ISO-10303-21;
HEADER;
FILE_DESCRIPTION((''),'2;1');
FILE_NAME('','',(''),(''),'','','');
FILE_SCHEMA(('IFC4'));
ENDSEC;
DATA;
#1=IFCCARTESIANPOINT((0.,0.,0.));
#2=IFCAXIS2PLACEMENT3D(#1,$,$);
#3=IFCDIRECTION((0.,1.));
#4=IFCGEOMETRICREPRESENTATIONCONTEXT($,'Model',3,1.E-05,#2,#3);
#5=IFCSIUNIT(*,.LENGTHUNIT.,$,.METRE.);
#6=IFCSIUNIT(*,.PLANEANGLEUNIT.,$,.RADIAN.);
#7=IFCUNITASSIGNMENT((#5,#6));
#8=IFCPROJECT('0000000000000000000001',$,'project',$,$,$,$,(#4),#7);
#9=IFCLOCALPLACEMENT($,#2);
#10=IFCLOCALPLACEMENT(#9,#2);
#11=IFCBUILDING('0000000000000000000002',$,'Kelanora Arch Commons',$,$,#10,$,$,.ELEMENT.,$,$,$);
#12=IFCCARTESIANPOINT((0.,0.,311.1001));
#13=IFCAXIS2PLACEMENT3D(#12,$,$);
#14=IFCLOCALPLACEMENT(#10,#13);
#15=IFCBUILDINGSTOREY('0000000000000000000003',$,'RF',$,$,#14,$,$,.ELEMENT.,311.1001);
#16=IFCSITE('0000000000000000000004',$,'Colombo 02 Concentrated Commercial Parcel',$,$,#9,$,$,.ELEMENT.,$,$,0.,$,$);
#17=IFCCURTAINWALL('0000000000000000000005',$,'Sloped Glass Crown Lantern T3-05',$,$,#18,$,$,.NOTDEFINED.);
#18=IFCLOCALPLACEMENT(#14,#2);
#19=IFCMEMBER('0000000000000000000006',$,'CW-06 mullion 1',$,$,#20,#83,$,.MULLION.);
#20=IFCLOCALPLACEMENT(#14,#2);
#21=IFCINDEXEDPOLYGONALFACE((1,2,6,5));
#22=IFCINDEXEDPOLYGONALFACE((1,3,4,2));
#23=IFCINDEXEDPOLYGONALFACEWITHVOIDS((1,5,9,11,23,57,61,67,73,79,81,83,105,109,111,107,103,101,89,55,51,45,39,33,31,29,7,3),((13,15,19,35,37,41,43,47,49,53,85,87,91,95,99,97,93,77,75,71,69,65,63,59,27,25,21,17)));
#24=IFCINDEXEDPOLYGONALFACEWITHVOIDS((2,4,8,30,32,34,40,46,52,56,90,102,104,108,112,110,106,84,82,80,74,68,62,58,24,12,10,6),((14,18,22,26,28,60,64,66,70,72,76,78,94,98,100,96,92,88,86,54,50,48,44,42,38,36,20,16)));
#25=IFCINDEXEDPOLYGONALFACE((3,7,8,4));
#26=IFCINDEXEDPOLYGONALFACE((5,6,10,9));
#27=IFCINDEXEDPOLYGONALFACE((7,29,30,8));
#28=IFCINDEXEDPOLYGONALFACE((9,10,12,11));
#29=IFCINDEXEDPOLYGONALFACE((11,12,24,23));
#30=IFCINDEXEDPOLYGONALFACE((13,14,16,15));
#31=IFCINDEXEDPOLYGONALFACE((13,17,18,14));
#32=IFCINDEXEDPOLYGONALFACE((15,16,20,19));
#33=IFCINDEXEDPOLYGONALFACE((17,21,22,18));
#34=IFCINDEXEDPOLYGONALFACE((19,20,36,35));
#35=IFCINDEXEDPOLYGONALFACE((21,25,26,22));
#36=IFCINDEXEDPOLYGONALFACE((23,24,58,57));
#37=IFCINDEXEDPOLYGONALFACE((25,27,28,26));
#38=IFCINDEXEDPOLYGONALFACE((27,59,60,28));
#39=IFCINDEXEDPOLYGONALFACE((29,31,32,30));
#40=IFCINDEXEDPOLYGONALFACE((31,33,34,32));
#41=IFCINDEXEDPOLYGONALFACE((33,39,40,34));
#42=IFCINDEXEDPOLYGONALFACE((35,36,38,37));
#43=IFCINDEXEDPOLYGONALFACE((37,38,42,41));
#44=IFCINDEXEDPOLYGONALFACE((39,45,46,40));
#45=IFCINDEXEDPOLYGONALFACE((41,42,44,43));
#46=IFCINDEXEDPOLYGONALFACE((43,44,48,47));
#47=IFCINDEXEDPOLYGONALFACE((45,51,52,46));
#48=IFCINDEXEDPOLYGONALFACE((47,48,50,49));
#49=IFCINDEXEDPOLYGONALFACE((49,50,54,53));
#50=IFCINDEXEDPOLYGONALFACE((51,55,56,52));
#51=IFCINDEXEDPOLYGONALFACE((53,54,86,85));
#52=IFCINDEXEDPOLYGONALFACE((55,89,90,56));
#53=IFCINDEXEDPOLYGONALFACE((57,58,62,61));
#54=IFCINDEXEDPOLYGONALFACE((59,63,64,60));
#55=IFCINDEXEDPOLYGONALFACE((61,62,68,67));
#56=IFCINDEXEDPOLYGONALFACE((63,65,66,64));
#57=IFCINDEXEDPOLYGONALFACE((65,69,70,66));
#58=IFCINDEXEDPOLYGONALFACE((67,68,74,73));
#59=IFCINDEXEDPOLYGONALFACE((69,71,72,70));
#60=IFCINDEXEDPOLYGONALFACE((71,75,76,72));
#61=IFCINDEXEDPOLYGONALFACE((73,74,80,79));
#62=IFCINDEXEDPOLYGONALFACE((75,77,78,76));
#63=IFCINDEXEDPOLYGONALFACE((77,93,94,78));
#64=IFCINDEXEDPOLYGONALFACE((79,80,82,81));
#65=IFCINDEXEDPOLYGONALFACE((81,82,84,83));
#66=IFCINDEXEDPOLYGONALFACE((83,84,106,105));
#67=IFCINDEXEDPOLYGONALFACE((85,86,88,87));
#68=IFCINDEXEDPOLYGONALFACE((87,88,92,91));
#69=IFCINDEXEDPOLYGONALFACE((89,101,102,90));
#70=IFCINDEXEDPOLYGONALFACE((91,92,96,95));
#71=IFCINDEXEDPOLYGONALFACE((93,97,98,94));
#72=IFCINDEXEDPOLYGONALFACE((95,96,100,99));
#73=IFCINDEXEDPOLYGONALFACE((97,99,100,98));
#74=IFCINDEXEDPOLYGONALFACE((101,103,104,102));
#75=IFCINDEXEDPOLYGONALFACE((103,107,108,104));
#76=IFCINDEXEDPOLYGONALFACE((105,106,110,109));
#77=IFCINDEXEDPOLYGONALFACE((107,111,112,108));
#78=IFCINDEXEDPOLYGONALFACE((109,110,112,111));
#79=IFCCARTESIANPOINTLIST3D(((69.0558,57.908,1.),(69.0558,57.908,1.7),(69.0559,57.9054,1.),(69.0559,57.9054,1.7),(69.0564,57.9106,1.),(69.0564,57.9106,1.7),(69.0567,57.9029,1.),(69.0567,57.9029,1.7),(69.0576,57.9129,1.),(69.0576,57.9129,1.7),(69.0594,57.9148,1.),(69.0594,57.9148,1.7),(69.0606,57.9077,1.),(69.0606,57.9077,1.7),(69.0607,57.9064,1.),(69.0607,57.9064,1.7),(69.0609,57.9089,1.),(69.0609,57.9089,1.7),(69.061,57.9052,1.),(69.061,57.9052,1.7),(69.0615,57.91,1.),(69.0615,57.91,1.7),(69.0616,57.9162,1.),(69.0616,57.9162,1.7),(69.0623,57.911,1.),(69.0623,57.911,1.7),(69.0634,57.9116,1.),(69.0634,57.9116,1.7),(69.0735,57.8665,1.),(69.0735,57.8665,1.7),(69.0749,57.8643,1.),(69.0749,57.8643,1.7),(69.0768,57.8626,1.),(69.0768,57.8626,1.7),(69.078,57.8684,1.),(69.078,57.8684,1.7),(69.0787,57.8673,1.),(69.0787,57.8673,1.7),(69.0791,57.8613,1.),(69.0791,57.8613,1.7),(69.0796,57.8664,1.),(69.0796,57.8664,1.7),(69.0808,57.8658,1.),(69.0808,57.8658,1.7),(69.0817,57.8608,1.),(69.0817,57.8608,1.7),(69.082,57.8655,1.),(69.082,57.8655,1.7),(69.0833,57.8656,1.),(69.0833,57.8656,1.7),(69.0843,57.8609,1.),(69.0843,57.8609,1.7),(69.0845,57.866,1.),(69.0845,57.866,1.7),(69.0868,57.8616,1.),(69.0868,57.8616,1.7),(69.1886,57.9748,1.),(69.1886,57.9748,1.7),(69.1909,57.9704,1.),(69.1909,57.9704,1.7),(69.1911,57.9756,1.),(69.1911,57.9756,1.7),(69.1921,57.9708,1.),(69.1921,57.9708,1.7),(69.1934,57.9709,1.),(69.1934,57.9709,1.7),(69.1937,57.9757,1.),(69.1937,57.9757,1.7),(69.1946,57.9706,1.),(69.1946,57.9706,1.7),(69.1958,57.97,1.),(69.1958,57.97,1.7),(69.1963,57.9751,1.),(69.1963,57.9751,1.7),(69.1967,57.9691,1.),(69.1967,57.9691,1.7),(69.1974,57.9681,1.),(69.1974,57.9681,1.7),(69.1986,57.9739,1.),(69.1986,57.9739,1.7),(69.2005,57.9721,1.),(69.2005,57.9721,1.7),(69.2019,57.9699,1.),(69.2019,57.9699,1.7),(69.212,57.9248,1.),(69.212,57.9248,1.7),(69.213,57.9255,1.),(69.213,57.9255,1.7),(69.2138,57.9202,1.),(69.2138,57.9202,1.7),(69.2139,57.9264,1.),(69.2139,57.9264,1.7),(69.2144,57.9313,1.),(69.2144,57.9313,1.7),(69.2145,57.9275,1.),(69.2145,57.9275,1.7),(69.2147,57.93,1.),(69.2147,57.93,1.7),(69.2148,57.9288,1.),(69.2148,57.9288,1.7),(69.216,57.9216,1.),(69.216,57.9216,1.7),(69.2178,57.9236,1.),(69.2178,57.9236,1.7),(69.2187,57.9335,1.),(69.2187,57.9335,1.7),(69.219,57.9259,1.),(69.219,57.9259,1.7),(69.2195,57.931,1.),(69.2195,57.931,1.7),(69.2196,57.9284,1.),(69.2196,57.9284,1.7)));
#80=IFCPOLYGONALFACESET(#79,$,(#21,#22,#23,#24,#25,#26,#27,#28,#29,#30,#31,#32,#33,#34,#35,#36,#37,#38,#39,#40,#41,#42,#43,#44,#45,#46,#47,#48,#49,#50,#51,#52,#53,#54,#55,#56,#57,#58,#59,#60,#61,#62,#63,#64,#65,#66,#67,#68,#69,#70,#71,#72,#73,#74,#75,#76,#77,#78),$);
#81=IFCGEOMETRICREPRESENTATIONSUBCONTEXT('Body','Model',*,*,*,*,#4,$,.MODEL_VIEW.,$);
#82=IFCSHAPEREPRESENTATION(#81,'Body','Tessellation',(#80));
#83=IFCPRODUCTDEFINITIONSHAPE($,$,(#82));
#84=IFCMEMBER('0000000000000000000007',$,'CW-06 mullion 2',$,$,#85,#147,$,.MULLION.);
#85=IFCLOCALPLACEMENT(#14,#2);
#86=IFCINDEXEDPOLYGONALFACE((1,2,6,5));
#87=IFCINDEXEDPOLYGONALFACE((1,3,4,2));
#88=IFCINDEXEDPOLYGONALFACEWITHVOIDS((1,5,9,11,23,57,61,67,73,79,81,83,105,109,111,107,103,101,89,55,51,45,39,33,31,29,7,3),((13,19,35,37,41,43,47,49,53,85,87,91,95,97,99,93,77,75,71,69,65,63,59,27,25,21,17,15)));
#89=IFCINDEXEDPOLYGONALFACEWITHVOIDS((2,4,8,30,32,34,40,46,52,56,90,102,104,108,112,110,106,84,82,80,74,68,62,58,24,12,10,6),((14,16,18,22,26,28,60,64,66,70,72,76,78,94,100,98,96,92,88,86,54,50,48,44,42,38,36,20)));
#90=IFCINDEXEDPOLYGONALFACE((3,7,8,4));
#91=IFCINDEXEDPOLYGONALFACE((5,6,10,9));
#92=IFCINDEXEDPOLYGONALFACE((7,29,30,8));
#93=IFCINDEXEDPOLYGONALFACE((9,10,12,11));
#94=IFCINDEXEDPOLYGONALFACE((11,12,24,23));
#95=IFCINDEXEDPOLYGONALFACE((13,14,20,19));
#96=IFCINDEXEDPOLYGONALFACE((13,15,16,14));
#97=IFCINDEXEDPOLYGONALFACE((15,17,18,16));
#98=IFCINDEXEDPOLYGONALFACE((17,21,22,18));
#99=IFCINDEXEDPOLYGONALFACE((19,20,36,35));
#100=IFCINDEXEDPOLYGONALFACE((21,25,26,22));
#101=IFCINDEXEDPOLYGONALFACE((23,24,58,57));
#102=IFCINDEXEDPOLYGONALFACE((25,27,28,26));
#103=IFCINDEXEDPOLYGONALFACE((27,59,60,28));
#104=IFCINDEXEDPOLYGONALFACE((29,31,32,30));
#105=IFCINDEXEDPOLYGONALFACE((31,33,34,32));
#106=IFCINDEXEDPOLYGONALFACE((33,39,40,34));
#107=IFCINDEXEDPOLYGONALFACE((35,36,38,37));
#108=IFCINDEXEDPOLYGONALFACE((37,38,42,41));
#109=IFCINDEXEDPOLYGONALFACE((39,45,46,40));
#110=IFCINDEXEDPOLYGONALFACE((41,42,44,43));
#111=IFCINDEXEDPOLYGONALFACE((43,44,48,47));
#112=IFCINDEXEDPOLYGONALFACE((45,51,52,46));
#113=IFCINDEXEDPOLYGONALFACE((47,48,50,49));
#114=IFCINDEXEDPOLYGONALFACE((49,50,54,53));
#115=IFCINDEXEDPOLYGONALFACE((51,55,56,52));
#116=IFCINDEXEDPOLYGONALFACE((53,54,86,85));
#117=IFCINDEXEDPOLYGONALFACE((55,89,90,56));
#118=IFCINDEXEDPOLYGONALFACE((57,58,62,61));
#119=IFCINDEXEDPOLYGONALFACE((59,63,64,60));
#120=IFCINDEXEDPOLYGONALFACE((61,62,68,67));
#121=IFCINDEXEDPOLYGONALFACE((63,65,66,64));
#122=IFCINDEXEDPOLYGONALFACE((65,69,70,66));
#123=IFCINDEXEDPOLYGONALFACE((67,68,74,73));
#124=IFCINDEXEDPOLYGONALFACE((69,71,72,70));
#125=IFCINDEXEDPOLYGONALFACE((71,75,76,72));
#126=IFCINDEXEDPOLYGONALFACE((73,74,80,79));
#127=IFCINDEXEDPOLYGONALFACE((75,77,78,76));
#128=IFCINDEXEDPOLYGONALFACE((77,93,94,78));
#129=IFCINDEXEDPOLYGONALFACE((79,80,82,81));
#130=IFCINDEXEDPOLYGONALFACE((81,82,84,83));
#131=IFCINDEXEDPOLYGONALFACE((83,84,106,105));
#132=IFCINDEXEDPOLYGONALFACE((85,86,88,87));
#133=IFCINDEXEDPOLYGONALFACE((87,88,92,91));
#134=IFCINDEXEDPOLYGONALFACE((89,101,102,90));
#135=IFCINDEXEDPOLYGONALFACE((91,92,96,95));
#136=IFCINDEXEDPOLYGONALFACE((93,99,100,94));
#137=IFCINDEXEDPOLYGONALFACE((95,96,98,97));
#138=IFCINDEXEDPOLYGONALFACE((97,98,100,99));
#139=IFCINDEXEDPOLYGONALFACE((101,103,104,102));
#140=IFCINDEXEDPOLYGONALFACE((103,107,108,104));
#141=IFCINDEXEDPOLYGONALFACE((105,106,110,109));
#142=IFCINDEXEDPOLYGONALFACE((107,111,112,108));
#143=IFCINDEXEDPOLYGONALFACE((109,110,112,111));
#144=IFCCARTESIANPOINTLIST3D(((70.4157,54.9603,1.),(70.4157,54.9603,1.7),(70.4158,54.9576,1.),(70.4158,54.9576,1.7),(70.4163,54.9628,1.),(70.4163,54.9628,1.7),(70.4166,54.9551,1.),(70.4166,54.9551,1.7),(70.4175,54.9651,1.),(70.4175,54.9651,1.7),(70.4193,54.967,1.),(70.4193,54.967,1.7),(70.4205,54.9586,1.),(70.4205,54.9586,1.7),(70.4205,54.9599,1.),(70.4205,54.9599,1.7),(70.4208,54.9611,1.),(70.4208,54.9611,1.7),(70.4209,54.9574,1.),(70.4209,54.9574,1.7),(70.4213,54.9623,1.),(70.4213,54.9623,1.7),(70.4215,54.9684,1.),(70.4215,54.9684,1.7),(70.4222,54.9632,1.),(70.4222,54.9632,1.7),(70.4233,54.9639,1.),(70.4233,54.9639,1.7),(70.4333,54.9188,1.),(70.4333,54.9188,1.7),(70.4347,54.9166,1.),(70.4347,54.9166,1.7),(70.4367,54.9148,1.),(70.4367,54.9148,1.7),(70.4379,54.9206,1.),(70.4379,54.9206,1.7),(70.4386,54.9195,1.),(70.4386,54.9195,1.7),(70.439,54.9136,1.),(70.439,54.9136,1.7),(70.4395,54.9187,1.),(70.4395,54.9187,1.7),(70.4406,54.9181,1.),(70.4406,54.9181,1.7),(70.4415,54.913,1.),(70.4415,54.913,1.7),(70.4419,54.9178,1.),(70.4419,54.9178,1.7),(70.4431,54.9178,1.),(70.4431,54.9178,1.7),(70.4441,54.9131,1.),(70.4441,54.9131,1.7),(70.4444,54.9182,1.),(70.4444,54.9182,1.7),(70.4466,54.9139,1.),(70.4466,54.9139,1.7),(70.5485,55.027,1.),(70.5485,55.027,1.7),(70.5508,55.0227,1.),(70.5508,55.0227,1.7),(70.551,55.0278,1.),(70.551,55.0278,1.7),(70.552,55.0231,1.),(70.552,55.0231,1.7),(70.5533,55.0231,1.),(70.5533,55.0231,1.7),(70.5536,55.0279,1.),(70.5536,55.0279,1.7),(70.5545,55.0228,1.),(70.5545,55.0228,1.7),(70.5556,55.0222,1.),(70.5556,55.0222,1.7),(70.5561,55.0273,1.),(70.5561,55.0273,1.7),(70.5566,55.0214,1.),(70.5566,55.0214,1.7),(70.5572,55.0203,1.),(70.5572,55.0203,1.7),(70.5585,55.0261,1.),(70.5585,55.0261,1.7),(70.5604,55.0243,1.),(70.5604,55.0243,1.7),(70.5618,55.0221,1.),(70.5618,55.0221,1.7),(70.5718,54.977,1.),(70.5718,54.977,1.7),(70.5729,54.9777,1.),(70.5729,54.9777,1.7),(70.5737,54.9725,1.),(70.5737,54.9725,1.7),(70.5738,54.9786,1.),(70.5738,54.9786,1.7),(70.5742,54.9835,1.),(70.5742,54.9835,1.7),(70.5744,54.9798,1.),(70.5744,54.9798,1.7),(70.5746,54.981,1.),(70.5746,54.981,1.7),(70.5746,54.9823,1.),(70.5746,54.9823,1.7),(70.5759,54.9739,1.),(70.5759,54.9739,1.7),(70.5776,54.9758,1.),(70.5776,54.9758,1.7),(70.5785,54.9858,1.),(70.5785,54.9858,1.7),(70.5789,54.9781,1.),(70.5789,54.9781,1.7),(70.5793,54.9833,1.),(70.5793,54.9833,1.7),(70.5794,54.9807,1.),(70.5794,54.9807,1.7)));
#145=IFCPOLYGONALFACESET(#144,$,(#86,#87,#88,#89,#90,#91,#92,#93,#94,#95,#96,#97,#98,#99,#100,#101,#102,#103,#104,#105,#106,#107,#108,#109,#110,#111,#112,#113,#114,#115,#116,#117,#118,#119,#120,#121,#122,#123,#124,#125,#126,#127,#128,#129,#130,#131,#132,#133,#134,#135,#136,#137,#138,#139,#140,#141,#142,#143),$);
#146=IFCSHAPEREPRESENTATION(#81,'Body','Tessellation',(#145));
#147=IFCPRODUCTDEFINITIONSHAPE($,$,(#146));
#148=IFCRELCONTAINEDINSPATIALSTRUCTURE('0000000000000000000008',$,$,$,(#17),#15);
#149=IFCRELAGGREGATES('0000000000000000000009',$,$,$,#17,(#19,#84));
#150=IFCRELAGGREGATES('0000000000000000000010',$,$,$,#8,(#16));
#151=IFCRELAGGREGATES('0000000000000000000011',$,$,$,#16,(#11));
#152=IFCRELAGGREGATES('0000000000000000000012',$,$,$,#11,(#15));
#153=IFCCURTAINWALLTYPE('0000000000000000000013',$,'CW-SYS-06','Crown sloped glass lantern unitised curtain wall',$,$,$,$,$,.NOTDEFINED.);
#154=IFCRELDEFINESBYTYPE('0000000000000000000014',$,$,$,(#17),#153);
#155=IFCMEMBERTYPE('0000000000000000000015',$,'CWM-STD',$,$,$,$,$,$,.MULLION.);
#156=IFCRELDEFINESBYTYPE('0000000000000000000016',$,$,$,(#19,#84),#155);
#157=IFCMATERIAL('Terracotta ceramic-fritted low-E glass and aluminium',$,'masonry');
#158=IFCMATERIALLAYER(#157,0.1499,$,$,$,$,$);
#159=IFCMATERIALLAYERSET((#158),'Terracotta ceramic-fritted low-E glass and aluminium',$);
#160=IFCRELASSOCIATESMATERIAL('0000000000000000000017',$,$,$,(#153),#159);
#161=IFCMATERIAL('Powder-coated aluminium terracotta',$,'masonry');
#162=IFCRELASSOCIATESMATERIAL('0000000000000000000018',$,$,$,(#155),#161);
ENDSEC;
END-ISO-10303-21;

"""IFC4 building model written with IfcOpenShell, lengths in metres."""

from ifc_helpers import new_model, si_unit, direction, frame, origin, origin_2d, place, context, subcontext, project, spatial, hollow_rectangle, extrude, material, layer, layer_set, material_profile, profile_set, type_object, element, aggregate, save


model = new_model("IFC4")

# Units and contexts
model_context = context("Model", 3, precision=1e-05, world=origin(), true_north=direction((0.0, 1.0)))
body_context = subcontext(model_context, "Body", "Model", "MODEL_VIEW")
ifc_project = project(units=[si_unit("LENGTHUNIT", "METRE"), si_unit("PLANEANGLEUNIT", "RADIAN")], contexts=[model_context])

# Site, building, storey
site_placement = place(None, origin())
site = spatial("IfcSite", under=ifc_project, at=site_placement, Name="Colombo 02 Concentrated Commercial Parcel", CompositionType="ELEMENT", RefElevation=0.0)
building_placement = place(site_placement, origin())
building = spatial("IfcBuilding", under=site, at=building_placement, Name="Kelanora Arch Commons", CompositionType="ELEMENT")
storey_placement = place(building_placement, frame((0.0, 0.0, 311.1001)))
storey = spatial("IfcBuildingStorey", under=building, at=storey_placement, Name="RF", CompositionType="ELEMENT", Elevation=311.1001)

# Curtain wall, members
ifc_material_1 = material(Name="Terracotta ceramic-fritted low-E glass and aluminium", Category="masonry")
ifc_layer_1 = layer(ifc_material_1, 0.1499)
ifc_layer_set_1 = layer_set([ifc_layer_1], Name="Terracotta ceramic-fritted low-E glass and aluminium")
curtain_wall_type = type_object("IfcCurtainWallType", Name="CW-SYS-06", Description="Crown sloped glass lantern unitised curtain wall", PredefinedType="NOTDEFINED", material=ifc_layer_set_1)
curtain_wall_1_placement = place(storey_placement, origin())
curtain_wall_1 = element("IfcCurtainWall", 1, at=curtain_wall_1_placement, inside=storey, type_object=curtain_wall_type, Name="Sloped Glass Crown Lantern T3-05", PredefinedType="NOTDEFINED")
ifc_material_2 = material(Name="Powder-coated aluminium terracotta", Category="masonry")
ifc_material_profile_1 = material_profile(ifc_material_2, hollow_rectangle(XDim=0.1599, YDim=0.0601, WallThickness=0.0049, InnerFilletRadius=0.0049, OuterFilletRadius=0.01, at=origin_2d()), Name="CWM160x60")
ifc_profile_set_1 = profile_set([ifc_material_profile_1], Name="Powder-coated aluminium terracotta")
member_type_1 = type_object("IfcMemberType", Name="CWM-STD", PredefinedType="MULLION", material=ifc_profile_set_1)
member_1_placement = place(storey_placement, frame((69.1377, 57.9182, 1.0), z_axis=(0.0, 0.0, 1.0), x_axis=(0.908037, 0.418889, 0.0)))
member_1 = element("IfcMember", 2, at=member_1_placement, type_object=member_type_1, Name="CW-06 mullion 1", PredefinedType="MULLION", context=body_context, shape_type="SweptSolid", body=[
    extrude(hollow_rectangle(XDim=0.1599, YDim=0.0601, WallThickness=0.0049, InnerFilletRadius=0.0049, OuterFilletRadius=0.01, at=origin_2d()), origin(), (0.0, 0.0, 1.0), 0.7),
])
member_2_placement = place(storey_placement, frame((70.4976, 54.9705, 1.0), z_axis=(0.0, 0.0, 1.0), x_axis=(0.908037, 0.418889, 0.0)))
member_2 = element("IfcMember", 3, at=member_2_placement, type_object=member_type_1, Name="CW-06 mullion 2", PredefinedType="MULLION", context=body_context, shape_type="SweptSolid", body=[
    extrude(hollow_rectangle(XDim=0.1599, YDim=0.0601, WallThickness=0.0049, InnerFilletRadius=0.0049, OuterFilletRadius=0.01, at=origin_2d()), origin(), (0.0, 0.0, 1.0), 0.7),
])

aggregate(curtain_wall_1, [member_1, member_2])

save(model, "model.ifc")
